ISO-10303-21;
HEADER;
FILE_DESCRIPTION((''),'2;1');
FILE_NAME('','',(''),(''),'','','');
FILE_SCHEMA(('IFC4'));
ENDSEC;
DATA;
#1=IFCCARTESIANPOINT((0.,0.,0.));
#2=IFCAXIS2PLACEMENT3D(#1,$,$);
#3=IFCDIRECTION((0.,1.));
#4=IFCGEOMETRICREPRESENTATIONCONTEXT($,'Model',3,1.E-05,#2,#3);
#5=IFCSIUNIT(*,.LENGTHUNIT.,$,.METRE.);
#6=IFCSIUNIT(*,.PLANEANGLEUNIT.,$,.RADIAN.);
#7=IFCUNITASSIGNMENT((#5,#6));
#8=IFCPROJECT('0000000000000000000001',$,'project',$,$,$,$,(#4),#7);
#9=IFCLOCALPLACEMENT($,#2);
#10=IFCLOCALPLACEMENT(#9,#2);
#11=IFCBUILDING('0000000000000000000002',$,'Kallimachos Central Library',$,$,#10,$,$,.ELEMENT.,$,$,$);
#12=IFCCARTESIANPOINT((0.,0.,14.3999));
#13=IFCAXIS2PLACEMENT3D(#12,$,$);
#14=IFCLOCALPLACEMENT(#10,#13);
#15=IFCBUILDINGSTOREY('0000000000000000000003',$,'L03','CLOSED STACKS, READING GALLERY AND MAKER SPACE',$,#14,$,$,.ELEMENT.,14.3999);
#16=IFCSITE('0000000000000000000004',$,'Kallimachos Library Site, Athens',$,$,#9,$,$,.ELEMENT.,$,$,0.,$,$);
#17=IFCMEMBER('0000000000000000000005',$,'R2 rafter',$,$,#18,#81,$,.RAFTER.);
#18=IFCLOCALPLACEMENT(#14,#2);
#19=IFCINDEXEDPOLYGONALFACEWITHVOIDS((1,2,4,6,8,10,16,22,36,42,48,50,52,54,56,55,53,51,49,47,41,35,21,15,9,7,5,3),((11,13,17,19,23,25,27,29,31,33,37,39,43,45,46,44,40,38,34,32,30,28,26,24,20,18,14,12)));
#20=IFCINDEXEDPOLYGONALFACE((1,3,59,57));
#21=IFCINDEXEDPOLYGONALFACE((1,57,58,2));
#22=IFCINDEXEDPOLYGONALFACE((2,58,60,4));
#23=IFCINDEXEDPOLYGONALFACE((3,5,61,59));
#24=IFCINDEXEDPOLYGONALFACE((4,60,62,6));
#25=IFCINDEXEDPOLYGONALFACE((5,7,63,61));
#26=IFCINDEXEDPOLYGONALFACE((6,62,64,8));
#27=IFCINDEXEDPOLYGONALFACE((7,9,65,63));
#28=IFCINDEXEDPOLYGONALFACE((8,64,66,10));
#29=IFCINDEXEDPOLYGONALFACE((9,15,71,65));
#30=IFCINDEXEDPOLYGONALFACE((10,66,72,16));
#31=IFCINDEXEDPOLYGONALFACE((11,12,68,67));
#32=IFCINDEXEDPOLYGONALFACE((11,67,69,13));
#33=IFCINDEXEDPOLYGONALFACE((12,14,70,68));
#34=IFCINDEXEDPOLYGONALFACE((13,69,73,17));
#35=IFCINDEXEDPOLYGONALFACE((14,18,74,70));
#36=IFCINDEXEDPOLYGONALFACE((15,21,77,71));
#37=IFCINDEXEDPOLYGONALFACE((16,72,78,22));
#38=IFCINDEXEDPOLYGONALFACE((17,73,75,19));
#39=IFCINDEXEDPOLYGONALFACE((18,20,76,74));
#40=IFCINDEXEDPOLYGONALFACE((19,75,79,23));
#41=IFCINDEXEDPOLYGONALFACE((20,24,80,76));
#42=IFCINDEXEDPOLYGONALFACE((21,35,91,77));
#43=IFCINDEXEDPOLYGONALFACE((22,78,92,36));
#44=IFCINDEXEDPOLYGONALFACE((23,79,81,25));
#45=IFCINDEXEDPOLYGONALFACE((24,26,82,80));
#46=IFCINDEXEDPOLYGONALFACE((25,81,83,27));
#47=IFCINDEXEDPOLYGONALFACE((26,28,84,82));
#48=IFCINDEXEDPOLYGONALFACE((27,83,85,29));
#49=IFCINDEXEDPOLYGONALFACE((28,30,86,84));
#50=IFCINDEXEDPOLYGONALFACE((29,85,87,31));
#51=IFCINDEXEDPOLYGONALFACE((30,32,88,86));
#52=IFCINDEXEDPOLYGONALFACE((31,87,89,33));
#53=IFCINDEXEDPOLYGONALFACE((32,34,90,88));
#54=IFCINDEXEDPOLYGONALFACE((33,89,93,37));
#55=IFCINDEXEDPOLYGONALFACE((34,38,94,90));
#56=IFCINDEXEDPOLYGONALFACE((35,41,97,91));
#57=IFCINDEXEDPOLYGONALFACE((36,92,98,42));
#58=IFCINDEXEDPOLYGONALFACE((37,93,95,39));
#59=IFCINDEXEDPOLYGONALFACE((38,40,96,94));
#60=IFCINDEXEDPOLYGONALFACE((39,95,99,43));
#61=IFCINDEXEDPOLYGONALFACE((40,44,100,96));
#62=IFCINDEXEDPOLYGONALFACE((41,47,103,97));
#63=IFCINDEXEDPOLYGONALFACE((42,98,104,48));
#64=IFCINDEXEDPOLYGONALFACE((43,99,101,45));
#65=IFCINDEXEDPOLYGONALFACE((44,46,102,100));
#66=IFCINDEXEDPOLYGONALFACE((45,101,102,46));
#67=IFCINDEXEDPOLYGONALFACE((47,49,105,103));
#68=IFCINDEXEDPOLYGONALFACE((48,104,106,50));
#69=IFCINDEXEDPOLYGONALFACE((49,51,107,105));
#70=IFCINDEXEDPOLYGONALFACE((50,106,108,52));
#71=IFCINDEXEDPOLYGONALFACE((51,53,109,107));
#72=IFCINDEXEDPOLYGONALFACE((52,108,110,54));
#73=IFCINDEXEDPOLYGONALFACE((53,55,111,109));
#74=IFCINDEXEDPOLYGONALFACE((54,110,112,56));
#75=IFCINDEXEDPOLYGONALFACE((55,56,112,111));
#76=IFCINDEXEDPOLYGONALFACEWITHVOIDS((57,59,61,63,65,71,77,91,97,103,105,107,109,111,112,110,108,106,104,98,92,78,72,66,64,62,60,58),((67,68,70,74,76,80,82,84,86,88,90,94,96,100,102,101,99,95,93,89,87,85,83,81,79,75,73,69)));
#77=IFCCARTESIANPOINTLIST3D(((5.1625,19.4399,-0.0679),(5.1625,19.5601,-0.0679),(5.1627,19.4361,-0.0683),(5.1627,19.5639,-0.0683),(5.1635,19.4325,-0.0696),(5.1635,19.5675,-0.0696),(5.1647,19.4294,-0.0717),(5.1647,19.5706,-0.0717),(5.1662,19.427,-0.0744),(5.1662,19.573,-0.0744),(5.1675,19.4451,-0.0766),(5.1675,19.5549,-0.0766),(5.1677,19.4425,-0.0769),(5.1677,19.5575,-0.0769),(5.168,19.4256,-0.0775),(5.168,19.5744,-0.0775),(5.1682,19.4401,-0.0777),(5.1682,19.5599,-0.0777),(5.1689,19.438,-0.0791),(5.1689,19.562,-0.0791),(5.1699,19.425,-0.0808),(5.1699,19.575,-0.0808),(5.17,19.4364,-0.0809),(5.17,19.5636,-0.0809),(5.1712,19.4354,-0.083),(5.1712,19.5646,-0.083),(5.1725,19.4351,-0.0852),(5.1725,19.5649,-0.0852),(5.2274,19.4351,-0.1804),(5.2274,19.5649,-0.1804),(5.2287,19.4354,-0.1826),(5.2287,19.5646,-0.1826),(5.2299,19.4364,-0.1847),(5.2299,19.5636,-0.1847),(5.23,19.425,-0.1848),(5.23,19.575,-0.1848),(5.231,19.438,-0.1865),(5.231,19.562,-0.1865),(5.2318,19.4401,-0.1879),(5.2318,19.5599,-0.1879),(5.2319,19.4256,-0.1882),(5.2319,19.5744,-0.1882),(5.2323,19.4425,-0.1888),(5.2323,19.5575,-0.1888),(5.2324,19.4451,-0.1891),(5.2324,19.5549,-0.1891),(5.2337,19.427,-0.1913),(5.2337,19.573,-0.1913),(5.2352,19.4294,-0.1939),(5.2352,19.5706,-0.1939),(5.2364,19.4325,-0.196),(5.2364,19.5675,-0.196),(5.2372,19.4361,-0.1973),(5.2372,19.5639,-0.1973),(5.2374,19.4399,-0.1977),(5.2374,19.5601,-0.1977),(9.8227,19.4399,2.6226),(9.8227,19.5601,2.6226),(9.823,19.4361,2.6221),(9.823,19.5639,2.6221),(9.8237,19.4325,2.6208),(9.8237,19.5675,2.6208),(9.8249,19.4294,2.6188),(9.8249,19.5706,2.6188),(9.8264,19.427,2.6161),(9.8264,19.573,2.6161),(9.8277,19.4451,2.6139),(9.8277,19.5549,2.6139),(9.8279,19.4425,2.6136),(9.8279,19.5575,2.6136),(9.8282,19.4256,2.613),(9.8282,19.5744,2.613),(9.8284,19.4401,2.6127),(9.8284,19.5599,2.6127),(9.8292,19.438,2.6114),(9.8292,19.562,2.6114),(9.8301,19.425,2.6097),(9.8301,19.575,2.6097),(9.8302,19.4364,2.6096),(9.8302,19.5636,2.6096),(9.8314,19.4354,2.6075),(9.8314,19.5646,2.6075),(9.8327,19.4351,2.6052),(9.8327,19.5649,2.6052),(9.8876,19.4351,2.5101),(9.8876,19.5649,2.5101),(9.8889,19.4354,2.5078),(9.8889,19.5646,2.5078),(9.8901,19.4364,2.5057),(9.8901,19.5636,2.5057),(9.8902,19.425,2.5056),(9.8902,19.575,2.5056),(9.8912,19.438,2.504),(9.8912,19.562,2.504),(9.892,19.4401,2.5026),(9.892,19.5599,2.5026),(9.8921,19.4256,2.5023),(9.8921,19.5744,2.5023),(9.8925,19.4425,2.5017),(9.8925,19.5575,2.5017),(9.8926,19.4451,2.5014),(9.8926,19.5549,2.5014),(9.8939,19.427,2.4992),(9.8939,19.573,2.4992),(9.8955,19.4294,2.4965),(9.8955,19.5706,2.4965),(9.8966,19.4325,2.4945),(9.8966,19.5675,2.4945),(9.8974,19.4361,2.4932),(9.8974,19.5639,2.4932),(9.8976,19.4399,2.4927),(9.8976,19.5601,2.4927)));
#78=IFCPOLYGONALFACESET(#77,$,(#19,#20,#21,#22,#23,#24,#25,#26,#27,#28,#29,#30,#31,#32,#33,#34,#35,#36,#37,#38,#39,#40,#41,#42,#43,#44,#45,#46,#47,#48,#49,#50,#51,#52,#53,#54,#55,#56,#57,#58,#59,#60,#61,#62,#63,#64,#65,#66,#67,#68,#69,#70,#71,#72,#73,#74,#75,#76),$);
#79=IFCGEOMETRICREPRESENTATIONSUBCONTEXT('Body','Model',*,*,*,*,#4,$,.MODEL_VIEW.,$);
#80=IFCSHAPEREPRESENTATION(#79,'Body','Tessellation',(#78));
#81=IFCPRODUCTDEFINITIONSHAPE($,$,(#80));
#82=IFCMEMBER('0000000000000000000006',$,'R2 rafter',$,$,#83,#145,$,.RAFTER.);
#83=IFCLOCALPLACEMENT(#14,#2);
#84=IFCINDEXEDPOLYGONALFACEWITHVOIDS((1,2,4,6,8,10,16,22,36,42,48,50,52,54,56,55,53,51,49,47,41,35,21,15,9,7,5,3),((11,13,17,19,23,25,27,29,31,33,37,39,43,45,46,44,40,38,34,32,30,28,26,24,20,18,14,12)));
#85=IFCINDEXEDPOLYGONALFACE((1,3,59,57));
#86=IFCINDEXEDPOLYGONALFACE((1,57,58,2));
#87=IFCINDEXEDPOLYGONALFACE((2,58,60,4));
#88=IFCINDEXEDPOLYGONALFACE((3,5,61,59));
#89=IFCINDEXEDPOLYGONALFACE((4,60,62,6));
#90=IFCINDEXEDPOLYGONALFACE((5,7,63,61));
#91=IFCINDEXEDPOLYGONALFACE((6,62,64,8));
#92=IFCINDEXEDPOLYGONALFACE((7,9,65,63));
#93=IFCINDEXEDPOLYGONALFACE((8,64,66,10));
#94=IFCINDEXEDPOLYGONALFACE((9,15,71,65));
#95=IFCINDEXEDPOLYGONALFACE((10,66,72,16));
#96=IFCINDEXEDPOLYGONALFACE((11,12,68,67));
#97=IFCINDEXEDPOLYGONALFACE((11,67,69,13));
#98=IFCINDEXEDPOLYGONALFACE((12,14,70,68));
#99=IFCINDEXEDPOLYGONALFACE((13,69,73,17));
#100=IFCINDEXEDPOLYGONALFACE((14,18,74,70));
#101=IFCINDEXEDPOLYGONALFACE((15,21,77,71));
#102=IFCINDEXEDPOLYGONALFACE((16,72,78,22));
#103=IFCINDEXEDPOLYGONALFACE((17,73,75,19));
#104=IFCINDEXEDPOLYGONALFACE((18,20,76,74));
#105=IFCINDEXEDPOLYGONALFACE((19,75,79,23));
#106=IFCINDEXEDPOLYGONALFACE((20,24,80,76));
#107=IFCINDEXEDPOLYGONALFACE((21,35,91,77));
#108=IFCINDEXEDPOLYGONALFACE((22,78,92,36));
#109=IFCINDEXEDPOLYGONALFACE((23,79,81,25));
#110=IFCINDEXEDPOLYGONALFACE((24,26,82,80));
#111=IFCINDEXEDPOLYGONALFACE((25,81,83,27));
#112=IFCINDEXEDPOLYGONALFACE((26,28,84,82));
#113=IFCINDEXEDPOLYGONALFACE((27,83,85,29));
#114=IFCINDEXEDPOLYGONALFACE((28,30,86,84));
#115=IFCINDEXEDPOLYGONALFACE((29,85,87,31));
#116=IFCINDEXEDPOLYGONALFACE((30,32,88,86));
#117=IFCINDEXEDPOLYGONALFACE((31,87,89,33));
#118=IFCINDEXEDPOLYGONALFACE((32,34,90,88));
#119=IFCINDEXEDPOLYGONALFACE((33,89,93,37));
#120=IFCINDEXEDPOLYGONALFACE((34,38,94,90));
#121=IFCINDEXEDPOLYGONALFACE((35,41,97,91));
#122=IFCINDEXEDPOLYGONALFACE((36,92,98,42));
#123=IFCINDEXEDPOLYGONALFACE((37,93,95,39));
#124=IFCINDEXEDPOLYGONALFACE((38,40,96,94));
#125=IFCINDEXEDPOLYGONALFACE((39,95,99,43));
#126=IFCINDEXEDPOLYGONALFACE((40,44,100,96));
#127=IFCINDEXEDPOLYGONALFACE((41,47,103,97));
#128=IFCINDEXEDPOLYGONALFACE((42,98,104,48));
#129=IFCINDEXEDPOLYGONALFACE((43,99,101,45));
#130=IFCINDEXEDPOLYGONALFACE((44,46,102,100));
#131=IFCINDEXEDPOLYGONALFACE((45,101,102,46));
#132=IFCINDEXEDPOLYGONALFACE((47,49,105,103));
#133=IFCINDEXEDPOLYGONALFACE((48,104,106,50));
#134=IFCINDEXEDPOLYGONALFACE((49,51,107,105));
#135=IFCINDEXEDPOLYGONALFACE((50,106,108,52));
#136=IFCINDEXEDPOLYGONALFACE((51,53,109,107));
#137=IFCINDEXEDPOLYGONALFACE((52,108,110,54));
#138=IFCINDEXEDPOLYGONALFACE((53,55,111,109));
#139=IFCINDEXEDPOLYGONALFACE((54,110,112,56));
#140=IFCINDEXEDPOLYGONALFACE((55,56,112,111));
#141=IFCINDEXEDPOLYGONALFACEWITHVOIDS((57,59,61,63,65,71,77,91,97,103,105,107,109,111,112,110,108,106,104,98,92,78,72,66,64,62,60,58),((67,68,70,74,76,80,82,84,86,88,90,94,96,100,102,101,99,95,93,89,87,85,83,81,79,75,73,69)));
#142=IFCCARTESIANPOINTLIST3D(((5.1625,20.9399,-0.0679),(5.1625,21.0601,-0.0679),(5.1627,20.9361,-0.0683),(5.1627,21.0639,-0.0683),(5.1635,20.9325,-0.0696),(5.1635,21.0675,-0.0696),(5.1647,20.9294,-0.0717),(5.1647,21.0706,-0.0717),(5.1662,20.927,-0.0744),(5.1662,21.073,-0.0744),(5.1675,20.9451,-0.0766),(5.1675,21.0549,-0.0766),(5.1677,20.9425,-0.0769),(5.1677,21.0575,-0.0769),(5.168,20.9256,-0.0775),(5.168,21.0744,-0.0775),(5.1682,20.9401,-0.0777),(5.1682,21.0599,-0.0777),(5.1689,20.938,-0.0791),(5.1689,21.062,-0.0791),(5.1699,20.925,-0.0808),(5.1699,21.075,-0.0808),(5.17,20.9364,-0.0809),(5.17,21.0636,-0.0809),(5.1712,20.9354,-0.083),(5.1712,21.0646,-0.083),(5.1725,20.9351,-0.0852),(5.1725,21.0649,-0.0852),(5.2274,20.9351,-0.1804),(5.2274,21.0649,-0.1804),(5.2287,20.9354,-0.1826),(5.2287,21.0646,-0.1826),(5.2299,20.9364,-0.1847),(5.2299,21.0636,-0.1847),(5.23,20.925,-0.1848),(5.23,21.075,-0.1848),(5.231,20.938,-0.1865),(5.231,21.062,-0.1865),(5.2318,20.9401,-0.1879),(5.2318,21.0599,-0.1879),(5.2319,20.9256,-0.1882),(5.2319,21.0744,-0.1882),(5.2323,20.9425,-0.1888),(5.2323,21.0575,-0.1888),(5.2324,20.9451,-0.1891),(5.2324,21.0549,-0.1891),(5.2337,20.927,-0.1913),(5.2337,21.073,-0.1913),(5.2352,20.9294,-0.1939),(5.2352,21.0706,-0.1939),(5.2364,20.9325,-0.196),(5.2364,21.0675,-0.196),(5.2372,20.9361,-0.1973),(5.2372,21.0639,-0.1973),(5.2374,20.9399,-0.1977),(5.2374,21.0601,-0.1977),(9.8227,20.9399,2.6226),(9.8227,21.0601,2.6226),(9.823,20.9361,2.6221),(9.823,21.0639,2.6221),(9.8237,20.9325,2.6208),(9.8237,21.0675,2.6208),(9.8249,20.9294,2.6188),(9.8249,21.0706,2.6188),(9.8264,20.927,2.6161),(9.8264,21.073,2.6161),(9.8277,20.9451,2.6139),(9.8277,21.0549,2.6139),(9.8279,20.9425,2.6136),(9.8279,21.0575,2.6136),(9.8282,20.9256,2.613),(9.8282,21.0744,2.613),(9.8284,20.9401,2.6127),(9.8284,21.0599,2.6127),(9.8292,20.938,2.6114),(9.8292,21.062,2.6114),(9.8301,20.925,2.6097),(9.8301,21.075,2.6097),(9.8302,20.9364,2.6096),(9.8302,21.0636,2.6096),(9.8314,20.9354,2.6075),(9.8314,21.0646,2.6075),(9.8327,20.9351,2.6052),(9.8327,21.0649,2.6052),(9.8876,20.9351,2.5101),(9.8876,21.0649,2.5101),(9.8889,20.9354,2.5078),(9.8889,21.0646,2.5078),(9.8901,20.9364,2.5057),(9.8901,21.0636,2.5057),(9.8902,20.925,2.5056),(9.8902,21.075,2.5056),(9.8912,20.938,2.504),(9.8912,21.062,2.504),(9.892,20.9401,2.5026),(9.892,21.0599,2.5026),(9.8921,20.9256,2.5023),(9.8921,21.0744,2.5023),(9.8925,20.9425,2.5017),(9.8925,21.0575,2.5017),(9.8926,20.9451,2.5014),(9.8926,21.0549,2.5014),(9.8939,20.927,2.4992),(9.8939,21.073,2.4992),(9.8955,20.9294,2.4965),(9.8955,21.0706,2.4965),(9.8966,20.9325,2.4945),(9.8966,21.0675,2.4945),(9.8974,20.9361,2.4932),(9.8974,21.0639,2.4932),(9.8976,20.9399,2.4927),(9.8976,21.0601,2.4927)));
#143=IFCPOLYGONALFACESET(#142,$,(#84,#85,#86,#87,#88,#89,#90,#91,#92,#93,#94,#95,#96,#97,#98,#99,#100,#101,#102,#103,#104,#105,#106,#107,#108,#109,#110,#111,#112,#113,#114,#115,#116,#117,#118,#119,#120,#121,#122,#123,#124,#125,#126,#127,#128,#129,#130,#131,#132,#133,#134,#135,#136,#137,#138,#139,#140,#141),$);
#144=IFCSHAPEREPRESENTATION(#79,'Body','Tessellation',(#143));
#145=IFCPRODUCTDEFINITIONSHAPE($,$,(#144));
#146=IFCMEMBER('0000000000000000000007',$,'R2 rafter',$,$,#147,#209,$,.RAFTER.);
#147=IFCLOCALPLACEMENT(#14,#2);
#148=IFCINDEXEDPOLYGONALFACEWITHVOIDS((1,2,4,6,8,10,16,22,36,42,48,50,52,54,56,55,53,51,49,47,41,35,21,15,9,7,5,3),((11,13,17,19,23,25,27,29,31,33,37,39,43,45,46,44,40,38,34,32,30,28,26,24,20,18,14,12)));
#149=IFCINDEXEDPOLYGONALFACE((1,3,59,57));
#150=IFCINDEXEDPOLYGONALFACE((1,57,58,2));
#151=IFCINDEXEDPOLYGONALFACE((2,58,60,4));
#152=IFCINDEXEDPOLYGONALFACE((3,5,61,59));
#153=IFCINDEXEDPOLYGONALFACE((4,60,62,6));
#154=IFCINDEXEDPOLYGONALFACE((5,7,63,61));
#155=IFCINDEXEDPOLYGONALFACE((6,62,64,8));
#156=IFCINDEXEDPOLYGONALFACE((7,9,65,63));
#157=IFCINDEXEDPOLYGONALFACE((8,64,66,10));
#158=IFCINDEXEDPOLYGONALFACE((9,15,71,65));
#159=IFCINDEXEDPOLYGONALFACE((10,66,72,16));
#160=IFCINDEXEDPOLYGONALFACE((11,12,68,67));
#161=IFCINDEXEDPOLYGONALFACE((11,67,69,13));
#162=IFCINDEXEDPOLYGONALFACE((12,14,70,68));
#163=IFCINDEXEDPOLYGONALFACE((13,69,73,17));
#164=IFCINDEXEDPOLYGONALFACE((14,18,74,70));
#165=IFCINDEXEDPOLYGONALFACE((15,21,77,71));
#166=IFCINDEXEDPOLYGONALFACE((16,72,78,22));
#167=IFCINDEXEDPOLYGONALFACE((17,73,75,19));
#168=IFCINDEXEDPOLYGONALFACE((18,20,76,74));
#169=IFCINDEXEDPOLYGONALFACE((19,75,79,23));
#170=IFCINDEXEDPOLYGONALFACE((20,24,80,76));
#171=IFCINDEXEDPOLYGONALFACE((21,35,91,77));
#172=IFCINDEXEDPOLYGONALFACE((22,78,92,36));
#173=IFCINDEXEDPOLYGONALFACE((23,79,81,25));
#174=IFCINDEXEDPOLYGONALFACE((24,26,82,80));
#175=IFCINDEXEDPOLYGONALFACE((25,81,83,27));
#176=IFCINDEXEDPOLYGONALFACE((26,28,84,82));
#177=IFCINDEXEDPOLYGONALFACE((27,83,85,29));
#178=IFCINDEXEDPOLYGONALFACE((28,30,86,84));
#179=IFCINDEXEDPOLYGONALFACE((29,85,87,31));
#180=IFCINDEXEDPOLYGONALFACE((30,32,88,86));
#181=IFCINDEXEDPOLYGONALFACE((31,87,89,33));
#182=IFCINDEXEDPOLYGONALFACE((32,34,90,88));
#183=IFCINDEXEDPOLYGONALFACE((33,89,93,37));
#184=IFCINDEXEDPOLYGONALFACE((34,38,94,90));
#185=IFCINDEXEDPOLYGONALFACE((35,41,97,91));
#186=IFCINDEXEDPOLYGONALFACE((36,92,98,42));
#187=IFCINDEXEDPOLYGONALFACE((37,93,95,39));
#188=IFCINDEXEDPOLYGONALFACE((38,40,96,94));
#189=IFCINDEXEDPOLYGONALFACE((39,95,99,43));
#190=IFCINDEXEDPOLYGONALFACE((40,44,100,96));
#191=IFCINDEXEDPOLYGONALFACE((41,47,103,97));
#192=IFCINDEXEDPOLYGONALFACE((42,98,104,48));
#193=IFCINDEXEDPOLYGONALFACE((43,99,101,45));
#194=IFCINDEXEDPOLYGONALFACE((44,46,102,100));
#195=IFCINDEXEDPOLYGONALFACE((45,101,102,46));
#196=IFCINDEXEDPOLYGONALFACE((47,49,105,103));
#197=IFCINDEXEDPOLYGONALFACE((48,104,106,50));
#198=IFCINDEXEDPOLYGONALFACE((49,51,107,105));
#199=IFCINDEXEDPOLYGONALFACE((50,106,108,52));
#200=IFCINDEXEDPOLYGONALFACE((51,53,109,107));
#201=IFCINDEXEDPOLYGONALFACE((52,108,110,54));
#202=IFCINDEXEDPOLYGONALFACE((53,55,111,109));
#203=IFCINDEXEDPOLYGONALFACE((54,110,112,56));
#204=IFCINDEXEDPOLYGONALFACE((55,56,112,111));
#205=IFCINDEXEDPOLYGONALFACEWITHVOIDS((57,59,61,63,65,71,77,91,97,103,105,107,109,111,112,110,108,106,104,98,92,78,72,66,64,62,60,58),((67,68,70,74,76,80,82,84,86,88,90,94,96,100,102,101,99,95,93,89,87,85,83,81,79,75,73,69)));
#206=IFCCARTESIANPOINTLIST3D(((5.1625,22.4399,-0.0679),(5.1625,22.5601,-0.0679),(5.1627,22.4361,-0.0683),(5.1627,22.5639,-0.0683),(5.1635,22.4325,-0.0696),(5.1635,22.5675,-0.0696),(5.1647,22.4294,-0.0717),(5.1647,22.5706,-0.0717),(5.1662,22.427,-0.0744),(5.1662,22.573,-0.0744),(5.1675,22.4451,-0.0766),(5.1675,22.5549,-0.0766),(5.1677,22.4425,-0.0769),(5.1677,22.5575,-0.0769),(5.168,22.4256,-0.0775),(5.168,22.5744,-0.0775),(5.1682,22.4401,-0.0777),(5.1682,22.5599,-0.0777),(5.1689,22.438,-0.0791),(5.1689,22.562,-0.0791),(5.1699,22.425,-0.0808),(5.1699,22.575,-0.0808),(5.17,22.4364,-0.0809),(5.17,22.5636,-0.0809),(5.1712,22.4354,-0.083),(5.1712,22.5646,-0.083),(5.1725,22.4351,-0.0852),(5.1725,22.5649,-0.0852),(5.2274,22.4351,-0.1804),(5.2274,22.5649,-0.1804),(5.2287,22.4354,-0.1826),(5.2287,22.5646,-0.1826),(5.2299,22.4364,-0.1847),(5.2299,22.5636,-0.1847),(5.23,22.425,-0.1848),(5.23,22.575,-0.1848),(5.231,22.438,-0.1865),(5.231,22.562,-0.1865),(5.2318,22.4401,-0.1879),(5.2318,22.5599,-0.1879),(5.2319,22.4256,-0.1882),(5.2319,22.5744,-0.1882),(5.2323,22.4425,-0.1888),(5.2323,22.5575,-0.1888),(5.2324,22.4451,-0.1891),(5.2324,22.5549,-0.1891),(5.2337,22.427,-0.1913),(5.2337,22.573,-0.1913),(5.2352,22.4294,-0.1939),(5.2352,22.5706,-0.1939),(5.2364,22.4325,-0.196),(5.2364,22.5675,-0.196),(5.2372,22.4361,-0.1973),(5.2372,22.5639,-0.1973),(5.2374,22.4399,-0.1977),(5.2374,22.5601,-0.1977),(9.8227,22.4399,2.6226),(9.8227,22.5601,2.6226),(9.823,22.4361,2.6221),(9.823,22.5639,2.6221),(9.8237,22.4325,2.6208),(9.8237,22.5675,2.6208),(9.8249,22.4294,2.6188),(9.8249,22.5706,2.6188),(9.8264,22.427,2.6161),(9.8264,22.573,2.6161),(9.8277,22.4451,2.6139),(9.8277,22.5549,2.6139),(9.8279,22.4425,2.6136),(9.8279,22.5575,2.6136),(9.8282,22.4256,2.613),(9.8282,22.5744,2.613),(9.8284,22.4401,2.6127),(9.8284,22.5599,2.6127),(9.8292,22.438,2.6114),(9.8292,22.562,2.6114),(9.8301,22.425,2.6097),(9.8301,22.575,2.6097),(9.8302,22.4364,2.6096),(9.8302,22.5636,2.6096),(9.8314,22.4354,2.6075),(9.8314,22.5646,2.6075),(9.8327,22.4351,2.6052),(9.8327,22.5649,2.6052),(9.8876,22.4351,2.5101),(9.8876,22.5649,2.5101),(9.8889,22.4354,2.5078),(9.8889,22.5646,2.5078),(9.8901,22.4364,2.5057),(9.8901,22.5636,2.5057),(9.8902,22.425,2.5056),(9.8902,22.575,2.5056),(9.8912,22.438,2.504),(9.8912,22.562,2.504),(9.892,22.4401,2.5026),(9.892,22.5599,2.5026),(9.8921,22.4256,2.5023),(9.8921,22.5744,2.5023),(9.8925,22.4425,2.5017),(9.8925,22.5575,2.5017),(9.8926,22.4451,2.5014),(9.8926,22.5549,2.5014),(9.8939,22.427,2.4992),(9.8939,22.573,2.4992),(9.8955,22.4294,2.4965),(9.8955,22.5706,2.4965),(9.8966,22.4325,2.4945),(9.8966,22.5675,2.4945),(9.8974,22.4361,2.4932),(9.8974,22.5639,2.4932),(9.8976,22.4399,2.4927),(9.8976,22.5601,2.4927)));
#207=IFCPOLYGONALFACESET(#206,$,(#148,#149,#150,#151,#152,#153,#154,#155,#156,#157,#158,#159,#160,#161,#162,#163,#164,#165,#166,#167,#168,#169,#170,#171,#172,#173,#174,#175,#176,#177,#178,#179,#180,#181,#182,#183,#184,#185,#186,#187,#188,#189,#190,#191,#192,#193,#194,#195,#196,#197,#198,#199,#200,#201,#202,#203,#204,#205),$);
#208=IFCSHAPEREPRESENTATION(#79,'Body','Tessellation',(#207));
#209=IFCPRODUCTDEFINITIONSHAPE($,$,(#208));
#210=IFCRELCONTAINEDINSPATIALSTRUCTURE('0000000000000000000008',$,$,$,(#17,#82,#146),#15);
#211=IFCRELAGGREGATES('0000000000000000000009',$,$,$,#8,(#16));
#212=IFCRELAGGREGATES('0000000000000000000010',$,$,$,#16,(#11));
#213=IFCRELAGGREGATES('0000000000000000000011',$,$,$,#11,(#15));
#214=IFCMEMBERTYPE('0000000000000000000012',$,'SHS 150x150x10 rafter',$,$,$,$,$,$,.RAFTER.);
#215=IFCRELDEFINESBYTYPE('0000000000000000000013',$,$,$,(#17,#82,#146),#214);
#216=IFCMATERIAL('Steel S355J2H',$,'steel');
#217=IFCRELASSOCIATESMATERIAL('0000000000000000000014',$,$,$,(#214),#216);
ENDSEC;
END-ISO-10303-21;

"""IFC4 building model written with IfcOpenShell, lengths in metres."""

from ifc_helpers import new_model, si_unit, direction, frame, origin, origin_2d, place, context, subcontext, project, spatial, hollow_rectangle, extrude, material, material_profile, profile_set, type_object, element, save


model = new_model("IFC4")

# Units and contexts
model_context = context("Model", 3, precision=1e-05, world=origin(), true_north=direction((0.0, 1.0)))
body_context = subcontext(model_context, "Body", "Model", "MODEL_VIEW")
ifc_project = project(units=[si_unit("LENGTHUNIT", "METRE"), si_unit("PLANEANGLEUNIT", "RADIAN")], contexts=[model_context])

# Site, building, storey
site_placement = place(None, origin())
site = spatial("IfcSite", under=ifc_project, at=site_placement, Name="Kallimachos Library Site, Athens", CompositionType="ELEMENT", RefElevation=0.0)
building_placement = place(site_placement, origin())
building = spatial("IfcBuilding", under=site, at=building_placement, Name="Kallimachos Central Library", CompositionType="ELEMENT")
storey_placement = place(building_placement, frame((0.0, 0.0, 14.3999)))
storey = spatial("IfcBuildingStorey", under=building, at=storey_placement, Name="L03", Description="CLOSED STACKS, READING GALLERY AND MAKER SPACE", CompositionType="ELEMENT", Elevation=14.3999)

# Members
ifc_material_1 = material(Name="Steel S355J2H", Category="steel")
ifc_material_profile_1 = material_profile(ifc_material_1, hollow_rectangle(XDim=0.1499, YDim=0.1499, WallThickness=0.01, InnerFilletRadius=0.01, OuterFilletRadius=0.0149, at=origin_2d()), Name="SHS 150x150x10")
ifc_profile_set_1 = profile_set([ifc_material_profile_1], Name="Steel S355J2H")
member_type_1 = type_object("IfcMemberType", Name="SHS 150x150x10 rafter", PredefinedType="RAFTER", material=ifc_profile_set_1)
for number, where, z_axis, x_axis, name in (
    (1, (5.2, 19.5, -0.1328), (0.866034, 0.0, 0.499984), (0.0, 1.0, 0.0), "R2 rafter"),
    (2, (5.2, 21.0, -0.1328), (0.866034, 0.0, 0.499984), (0.0, 1.0, 0.0), "R2 rafter"),
    (3, (5.2, 22.5, -0.1328), (0.866034, 0.0, 0.499984), (0.0, 1.0, 0.0), "R2 rafter"),
):
    element("IfcMember", number, at=place(storey_placement, frame(where, z_axis=z_axis, x_axis=x_axis)), inside=storey, type_object=member_type_1, Name=name, PredefinedType="RAFTER", context=body_context, shape_type="SweptSolid", body=[
        extrude(hollow_rectangle(XDim=0.1499, YDim=0.1499, WallThickness=0.01, InnerFilletRadius=0.01, OuterFilletRadius=0.0149, at=origin_2d()), origin(), (0.0, 0.0, 1.0), 5.3811),
    ])

save(model, "model.ifc")
